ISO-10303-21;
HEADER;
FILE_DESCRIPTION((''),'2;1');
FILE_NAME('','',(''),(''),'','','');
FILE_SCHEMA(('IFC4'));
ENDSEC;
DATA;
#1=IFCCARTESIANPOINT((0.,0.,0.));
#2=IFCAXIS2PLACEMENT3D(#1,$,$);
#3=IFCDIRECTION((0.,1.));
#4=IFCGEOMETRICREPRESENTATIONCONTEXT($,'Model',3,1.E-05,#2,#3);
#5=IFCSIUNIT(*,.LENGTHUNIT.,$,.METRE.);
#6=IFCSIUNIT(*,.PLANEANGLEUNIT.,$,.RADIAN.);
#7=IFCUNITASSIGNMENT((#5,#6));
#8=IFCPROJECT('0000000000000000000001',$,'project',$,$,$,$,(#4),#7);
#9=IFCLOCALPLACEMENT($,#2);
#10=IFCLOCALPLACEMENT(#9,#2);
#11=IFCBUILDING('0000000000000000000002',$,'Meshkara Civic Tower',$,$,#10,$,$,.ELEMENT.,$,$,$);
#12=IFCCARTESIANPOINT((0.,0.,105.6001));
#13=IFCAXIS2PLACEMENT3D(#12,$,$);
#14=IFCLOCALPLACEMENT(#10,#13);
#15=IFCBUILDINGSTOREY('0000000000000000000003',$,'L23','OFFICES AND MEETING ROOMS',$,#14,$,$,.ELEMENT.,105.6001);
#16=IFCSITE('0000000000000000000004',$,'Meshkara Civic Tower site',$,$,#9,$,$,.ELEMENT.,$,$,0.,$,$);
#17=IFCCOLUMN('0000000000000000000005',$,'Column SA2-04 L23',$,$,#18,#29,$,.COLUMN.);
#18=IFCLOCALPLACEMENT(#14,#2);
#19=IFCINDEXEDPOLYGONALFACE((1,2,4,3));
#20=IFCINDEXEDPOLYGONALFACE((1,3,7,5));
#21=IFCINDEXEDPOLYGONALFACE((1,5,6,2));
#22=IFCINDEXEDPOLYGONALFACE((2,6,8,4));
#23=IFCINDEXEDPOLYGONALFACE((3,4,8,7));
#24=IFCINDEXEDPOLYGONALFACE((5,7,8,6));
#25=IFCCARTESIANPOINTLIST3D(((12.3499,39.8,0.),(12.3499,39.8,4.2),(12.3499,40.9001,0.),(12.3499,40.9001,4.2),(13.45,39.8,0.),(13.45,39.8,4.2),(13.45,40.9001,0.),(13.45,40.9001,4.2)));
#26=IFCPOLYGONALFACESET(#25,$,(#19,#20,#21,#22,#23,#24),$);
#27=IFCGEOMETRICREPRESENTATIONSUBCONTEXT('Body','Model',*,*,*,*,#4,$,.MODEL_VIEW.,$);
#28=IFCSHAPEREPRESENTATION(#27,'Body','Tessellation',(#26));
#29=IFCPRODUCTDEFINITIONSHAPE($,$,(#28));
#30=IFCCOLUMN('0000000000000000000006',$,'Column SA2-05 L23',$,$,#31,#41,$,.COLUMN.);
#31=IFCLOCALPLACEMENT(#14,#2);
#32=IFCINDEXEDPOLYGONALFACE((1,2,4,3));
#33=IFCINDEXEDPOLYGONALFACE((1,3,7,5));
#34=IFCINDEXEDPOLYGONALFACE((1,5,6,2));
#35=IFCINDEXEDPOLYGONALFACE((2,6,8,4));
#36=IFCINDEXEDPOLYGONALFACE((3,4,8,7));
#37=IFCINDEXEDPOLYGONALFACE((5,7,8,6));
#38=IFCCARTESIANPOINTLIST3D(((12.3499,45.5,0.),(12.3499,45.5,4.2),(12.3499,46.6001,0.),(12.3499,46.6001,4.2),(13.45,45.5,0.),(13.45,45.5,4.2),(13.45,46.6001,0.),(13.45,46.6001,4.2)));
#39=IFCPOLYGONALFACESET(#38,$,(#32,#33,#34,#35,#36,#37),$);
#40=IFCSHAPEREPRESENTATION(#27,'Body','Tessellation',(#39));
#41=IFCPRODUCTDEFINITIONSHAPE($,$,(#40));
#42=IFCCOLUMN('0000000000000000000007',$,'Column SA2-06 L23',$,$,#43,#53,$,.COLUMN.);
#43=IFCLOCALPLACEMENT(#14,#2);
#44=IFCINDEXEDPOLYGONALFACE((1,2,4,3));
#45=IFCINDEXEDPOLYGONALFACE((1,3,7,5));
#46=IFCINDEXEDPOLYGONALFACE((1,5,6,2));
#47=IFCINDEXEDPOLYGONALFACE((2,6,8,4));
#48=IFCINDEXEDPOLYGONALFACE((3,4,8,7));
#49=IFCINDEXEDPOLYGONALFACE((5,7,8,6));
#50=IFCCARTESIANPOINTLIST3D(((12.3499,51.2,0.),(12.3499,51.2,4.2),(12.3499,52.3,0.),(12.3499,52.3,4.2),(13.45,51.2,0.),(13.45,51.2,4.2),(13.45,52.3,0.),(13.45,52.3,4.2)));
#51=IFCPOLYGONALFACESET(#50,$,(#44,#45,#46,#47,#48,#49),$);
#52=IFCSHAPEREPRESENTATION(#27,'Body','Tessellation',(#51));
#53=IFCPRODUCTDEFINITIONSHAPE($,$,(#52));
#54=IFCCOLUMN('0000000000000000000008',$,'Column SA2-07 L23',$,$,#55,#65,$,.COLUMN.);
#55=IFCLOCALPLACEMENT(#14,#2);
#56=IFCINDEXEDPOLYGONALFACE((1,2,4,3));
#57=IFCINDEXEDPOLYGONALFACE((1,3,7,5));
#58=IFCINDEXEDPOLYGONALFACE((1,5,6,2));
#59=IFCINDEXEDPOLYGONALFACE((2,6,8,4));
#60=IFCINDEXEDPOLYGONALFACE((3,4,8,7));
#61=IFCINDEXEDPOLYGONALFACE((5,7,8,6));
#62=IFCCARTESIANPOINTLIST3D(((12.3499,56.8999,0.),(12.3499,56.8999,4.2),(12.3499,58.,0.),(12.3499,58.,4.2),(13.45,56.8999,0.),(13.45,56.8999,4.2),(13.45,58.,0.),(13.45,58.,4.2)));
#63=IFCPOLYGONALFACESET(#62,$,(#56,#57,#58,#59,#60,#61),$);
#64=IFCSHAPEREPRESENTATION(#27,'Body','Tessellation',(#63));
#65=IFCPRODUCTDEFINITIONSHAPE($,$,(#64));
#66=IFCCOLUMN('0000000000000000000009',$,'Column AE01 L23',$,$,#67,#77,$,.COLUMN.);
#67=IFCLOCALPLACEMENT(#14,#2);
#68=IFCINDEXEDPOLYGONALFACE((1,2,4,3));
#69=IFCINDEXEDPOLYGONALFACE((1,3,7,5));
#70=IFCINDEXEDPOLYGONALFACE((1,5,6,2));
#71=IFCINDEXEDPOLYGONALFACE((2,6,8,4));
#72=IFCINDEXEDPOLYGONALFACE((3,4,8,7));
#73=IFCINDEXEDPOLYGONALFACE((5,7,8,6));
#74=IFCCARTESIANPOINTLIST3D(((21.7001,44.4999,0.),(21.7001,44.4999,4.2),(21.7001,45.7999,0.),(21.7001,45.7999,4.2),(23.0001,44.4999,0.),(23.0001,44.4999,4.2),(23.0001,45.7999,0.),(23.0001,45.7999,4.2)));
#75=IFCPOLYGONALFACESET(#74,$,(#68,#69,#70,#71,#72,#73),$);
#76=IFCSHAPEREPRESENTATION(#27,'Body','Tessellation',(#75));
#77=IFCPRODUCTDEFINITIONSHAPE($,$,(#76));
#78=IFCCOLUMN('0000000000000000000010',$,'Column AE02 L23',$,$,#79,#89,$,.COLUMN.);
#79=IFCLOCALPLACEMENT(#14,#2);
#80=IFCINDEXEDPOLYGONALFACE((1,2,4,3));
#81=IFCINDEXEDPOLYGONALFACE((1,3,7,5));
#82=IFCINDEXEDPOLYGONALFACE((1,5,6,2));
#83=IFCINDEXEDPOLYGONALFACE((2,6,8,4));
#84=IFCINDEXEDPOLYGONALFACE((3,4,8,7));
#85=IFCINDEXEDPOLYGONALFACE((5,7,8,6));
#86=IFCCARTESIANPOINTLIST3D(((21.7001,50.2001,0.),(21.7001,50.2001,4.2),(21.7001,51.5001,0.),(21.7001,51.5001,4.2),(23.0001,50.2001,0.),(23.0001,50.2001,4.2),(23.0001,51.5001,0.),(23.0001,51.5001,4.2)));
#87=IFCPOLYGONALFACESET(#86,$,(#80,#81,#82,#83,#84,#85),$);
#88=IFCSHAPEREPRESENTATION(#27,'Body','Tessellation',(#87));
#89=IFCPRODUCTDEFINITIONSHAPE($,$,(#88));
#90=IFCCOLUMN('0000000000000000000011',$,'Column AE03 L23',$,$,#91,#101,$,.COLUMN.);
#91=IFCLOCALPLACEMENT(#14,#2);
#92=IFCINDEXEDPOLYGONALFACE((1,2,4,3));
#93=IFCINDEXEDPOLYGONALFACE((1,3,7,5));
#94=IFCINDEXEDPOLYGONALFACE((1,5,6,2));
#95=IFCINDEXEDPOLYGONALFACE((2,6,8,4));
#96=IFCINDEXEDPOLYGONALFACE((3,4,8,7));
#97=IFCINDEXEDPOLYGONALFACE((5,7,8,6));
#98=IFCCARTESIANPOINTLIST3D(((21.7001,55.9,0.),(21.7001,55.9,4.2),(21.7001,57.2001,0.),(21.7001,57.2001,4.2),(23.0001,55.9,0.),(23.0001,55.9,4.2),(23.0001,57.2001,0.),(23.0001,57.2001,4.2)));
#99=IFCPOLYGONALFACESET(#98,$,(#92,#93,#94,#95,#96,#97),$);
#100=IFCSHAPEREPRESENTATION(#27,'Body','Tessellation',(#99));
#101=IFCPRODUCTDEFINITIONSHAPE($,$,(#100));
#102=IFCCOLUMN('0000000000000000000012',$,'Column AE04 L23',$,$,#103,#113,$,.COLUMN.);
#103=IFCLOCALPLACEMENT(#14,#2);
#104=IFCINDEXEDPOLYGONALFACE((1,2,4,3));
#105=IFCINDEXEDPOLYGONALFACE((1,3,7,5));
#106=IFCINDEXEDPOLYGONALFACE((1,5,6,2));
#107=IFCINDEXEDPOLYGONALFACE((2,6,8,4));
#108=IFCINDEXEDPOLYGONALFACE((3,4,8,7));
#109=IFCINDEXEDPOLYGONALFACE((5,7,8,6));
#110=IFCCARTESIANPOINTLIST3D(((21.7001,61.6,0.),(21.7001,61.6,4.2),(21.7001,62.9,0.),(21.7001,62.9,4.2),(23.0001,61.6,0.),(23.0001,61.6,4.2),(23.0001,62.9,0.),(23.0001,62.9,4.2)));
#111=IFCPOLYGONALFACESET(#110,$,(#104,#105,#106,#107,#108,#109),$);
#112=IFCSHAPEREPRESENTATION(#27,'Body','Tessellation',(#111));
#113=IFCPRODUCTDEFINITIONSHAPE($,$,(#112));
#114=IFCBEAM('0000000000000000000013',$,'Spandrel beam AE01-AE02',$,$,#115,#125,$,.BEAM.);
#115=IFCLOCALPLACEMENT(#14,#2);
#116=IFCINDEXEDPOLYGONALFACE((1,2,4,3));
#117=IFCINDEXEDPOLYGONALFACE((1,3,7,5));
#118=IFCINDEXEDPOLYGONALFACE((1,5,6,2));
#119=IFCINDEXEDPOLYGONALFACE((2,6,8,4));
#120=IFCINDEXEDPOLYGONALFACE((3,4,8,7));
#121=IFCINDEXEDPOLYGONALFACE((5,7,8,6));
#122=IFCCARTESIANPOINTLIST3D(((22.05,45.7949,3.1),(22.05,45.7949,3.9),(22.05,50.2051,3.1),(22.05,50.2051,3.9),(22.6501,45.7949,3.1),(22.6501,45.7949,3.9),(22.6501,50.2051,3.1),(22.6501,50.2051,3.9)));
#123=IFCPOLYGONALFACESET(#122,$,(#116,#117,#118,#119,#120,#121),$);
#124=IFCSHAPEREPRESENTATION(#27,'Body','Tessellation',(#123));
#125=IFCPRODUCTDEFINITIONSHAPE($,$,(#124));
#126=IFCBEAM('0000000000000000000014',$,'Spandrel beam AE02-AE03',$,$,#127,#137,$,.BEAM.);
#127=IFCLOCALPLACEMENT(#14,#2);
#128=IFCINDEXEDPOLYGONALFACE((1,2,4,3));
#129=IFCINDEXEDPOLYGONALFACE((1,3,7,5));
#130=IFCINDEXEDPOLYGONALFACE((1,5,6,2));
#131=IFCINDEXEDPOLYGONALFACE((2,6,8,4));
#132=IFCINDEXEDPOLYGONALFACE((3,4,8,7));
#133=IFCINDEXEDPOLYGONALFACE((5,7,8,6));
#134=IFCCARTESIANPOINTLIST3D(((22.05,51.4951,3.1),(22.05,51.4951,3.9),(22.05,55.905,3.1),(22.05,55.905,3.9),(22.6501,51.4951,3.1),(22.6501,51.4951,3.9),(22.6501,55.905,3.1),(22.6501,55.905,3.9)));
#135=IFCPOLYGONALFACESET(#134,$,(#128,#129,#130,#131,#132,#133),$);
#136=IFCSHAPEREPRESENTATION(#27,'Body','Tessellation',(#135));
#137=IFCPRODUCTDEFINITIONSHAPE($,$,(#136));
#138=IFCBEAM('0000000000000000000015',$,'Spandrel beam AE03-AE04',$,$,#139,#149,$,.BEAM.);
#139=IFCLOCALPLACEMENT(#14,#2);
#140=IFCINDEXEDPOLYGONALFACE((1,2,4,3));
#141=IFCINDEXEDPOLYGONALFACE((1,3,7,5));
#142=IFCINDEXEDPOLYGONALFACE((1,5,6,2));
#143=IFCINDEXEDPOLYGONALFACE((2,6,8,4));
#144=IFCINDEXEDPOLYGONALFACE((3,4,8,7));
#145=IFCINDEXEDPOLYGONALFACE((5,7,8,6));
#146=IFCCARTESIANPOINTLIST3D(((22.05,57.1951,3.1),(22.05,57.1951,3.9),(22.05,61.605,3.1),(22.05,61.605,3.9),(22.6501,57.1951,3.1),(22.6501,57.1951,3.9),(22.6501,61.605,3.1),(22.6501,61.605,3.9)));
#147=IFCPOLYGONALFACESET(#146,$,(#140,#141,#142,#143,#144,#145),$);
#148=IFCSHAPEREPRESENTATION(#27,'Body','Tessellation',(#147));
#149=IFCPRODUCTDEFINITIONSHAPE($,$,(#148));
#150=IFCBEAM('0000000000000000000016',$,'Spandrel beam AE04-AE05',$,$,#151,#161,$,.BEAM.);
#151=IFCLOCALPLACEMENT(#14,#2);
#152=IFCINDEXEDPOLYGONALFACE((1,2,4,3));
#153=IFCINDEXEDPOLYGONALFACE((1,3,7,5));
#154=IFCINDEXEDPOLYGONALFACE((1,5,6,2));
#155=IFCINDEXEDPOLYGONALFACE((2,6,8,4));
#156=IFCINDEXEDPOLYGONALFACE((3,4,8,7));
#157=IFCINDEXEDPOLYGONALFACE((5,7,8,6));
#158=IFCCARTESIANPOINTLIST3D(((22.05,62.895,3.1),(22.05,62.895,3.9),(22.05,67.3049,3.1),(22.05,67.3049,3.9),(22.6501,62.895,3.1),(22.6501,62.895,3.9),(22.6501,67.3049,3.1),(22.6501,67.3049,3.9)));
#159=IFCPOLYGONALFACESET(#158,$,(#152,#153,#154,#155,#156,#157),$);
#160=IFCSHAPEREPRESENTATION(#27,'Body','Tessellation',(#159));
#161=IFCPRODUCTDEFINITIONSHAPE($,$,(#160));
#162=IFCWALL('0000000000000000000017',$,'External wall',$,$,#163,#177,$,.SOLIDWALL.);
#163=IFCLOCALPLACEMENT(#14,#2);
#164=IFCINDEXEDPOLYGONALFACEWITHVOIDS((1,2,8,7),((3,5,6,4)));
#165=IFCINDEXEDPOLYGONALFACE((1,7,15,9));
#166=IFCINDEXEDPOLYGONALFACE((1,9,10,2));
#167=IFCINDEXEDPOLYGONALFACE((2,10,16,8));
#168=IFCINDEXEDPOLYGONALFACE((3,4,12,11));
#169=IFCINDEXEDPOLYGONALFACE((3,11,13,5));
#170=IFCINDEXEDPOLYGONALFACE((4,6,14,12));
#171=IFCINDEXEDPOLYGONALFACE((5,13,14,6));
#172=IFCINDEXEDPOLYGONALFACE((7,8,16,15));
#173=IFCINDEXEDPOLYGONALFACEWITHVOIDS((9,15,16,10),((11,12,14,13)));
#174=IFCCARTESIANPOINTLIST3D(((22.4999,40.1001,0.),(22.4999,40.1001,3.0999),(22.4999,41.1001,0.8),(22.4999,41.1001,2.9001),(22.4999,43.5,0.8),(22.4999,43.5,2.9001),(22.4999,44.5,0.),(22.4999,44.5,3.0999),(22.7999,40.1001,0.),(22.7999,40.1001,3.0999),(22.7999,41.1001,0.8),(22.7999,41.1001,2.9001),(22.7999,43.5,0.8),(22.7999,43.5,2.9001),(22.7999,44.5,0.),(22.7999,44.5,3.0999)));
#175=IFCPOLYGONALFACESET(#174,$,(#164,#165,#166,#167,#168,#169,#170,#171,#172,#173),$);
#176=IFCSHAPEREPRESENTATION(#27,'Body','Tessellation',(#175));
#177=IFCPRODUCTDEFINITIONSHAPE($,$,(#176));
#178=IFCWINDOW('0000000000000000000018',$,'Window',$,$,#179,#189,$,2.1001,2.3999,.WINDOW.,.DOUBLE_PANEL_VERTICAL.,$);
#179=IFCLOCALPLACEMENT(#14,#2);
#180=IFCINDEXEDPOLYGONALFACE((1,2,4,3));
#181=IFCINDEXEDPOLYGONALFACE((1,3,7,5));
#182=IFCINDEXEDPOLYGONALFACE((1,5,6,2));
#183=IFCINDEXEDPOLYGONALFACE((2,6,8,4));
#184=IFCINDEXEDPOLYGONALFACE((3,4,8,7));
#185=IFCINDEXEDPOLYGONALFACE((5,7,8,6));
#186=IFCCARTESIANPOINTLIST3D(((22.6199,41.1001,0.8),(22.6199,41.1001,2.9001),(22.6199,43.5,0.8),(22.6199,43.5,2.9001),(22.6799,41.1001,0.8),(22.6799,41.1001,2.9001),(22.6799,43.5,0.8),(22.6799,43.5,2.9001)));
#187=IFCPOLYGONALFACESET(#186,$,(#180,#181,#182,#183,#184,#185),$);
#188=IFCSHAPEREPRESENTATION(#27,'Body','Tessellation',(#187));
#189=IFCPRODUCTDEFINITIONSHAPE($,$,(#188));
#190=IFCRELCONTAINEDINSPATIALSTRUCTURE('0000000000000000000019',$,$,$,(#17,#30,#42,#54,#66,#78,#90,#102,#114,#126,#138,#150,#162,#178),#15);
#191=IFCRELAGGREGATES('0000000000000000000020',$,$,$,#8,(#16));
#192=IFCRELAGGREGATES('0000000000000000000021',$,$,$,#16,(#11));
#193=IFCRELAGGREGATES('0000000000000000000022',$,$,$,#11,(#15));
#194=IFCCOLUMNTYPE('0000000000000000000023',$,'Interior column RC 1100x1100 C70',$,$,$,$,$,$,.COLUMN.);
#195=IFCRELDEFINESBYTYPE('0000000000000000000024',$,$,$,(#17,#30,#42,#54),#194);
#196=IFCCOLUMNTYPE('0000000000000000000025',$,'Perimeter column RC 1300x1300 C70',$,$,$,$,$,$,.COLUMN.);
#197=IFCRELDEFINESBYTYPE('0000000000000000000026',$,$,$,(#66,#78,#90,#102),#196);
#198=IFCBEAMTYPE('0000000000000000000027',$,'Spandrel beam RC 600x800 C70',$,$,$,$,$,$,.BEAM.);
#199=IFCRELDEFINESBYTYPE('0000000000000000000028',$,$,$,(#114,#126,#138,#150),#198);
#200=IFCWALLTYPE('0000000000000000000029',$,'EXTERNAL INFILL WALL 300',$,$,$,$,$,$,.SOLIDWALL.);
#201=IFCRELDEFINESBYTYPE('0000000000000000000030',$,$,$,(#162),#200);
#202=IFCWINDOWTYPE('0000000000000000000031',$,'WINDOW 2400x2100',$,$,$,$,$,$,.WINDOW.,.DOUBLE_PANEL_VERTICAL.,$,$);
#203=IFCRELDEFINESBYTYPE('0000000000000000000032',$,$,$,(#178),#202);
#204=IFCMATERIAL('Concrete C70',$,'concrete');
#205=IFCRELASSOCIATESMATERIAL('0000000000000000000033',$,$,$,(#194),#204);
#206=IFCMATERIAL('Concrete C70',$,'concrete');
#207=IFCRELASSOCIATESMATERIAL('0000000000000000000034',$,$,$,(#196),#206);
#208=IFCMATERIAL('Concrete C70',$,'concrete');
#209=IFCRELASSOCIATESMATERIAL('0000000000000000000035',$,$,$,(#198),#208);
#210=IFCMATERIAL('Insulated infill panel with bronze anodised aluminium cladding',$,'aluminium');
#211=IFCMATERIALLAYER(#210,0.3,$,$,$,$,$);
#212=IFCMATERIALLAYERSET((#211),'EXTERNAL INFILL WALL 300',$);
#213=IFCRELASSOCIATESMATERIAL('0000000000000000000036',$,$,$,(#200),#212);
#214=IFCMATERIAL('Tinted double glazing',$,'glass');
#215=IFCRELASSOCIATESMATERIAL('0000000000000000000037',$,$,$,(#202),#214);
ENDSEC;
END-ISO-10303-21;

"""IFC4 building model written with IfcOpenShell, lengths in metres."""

from ifc_helpers import new_model, si_unit, direction, frame, frame_2d, origin, origin_2d, place, context, subcontext, project, spatial, rectangle, extrude, material, layer, layer_set, material_profile, profile_set, type_object, element, fill, save


model = new_model("IFC4")

# Units and contexts
model_context = context("Model", 3, precision=1e-05, world=origin(), true_north=direction((0.0, 1.0)))
body_context = subcontext(model_context, "Body", "Model", "MODEL_VIEW")
ifc_project = project(units=[si_unit("LENGTHUNIT", "METRE"), si_unit("PLANEANGLEUNIT", "RADIAN")], contexts=[model_context])

# Site, building, storey
site_placement = place(None, origin())
site = spatial("IfcSite", under=ifc_project, at=site_placement, Name="Meshkara Civic Tower site", CompositionType="ELEMENT", RefElevation=0.0)
building_placement = place(site_placement, origin())
building = spatial("IfcBuilding", under=site, at=building_placement, Name="Meshkara Civic Tower", CompositionType="ELEMENT")
storey_placement = place(building_placement, frame((0.0, 0.0, 105.6001)))
storey = spatial("IfcBuildingStorey", under=building, at=storey_placement, Name="L23", Description="OFFICES AND MEETING ROOMS", CompositionType="ELEMENT", Elevation=105.6001)

# Columns
ifc_material_1 = material(Name="Concrete C70", Category="concrete")
ifc_material_profile_1 = material_profile(ifc_material_1, rectangle(XDim=1.1001, YDim=1.1001, at=origin_2d()))
ifc_profile_set_1 = profile_set([ifc_material_profile_1], Name="Concrete C70")
column_type_1 = type_object("IfcColumnType", Name="Interior column RC 1100x1100 C70", PredefinedType="COLUMN", material=ifc_profile_set_1)
for number, where, z_axis, x_axis, name in (
    (1, (12.8999, 40.3501, 0.0), (0.0, 0.0, 1.0), (1.0, 0.0, 0.0), "Column SA2-04 L23"),
    (2, (12.8999, 46.05, 0.0), (0.0, 0.0, 1.0), (1.0, 0.0, 0.0), "Column SA2-05 L23"),
    (3, (12.8999, 51.75, 0.0), (0.0, 0.0, 1.0), (1.0, 0.0, 0.0), "Column SA2-06 L23"),
    (4, (12.8999, 57.45, 0.0), (0.0, 0.0, 1.0), (1.0, 0.0, 0.0), "Column SA2-07 L23"),
):
    element("IfcColumn", number, at=place(storey_placement, frame(where, z_axis=z_axis, x_axis=x_axis)), inside=storey, type_object=column_type_1, Name=name, PredefinedType="COLUMN", context=body_context, shape_type="SweptSolid", body=[
        extrude(rectangle(XDim=1.1001, YDim=1.1001, at=origin_2d()), origin(), (0.0, 0.0, 1.0), 4.2),
    ])
ifc_material_2 = material(Name="Concrete C70", Category="concrete")
ifc_material_profile_2 = material_profile(ifc_material_2, rectangle(XDim=1.3, YDim=1.3, at=origin_2d()))
ifc_profile_set_2 = profile_set([ifc_material_profile_2], Name="Concrete C70")
column_type_2 = type_object("IfcColumnType", Name="Perimeter column RC 1300x1300 C70", PredefinedType="COLUMN", material=ifc_profile_set_2)
for number, where, z_axis, x_axis, name in (
    (5, (22.3501, 45.1499, 0.0), (0.0, 0.0, 1.0), (1.0, 0.0, 0.0), "Column AE01 L23"),
    (6, (22.3501, 50.8501, 0.0), (0.0, 0.0, 1.0), (1.0, 0.0, 0.0), "Column AE02 L23"),
    (7, (22.3501, 56.55, 0.0), (0.0, 0.0, 1.0), (1.0, 0.0, 0.0), "Column AE03 L23"),
    (8, (22.3501, 62.25, 0.0), (0.0, 0.0, 1.0), (1.0, 0.0, 0.0), "Column AE04 L23"),
):
    element("IfcColumn", number, at=place(storey_placement, frame(where, z_axis=z_axis, x_axis=x_axis)), inside=storey, type_object=column_type_2, Name=name, PredefinedType="COLUMN", context=body_context, shape_type="SweptSolid", body=[
        extrude(rectangle(XDim=1.3, YDim=1.3, at=origin_2d()), origin(), (0.0, 0.0, 1.0), 4.2),
    ])

# Beams
ifc_material_3 = material(Name="Concrete C70", Category="concrete")
ifc_material_profile_3 = material_profile(ifc_material_3, rectangle(XDim=0.6001, YDim=0.8, at=origin_2d()))
ifc_profile_set_3 = profile_set([ifc_material_profile_3], Name="Concrete C70")
beam_type = type_object("IfcBeamType", Name="Spandrel beam RC 600x800 C70", PredefinedType="BEAM", material=ifc_profile_set_3)
beam_placement = place(storey_placement, frame((22.3501, 45.7949, 3.5), z_axis=(0.0, 1.0, 0.0), x_axis=(-1.0, 0.0, 0.0)))
element("IfcBeam", 9, at=beam_placement, inside=storey, type_object=beam_type, Name="Spandrel beam AE01-AE02", PredefinedType="BEAM", context=body_context, shape_type="SweptSolid", body=[
    extrude(rectangle(XDim=0.6001, YDim=0.8, at=origin_2d()), origin(), (0.0, 0.0, 1.0), 4.4102),
])
for number, where, z_axis, x_axis, name in (
    (10, (22.3501, 51.4951, 3.5), (0.0, 1.0, 0.0), (-1.0, 0.0, 0.0), "Spandrel beam AE02-AE03"),
    (11, (22.3501, 57.1951, 3.5), (0.0, 1.0, 0.0), (-1.0, 0.0, 0.0), "Spandrel beam AE03-AE04"),
    (12, (22.3501, 62.895, 3.5), (0.0, 1.0, 0.0), (-1.0, 0.0, 0.0), "Spandrel beam AE04-AE05"),
):
    element("IfcBeam", number, at=place(storey_placement, frame(where, z_axis=z_axis, x_axis=x_axis)), inside=storey, type_object=beam_type, Name=name, PredefinedType="BEAM", context=body_context, shape_type="SweptSolid", body=[
        extrude(rectangle(XDim=0.6001, YDim=0.8, at=origin_2d()), origin(), (0.0, 0.0, 1.0), 4.4099),
    ])

# Wall, opening, window
ifc_material_4 = material(Name="Insulated infill panel with bronze anodised aluminium cladding", Category="aluminium")
ifc_layer_1 = layer(ifc_material_4, 0.3)
ifc_layer_set_1 = layer_set([ifc_layer_1], Name="EXTERNAL INFILL WALL 300")
wall_type_1 = type_object("IfcWallType", Name="EXTERNAL INFILL WALL 300", PredefinedType="SOLIDWALL", material=ifc_layer_set_1)
wall_1_placement = place(storey_placement, frame((22.6499, 40.1001, 0.0), z_axis=(0.0, 0.0, 1.0), x_axis=(0.0, 1.0, 0.0)))
wall_1 = element("IfcWall", 13, at=wall_1_placement, inside=storey, type_object=wall_type_1, Name="External wall", PredefinedType="SOLIDWALL", context=body_context, shape_type="SweptSolid", body=[
    extrude(rectangle(XDim=4.3999, YDim=0.3, at=frame_2d((2.2, 0.0))), origin(), (0.0, 0.0, 1.0), 3.0999),
])
opening_1_placement = place(wall_1_placement, frame((1.0, 0.0, 0.8)))
opening_1 = element("IfcOpeningElement", 14, at=opening_1_placement, cuts=wall_1, PredefinedType="OPENING", context=body_context, shape_type="SweptSolid", body=[
    extrude(rectangle(XDim=2.3999, YDim=2.1001, at=frame_2d((1.2, 1.05))), frame((0.0, 0.1599, 0.0), z_axis=(0.0, -1.0, 0.0), x_axis=(1.0, 0.0, 0.0)), (0.0, 0.0, 1.0), 0.3201),
])
ifc_material_5 = material(Name="Tinted double glazing", Category="glass")
window_type = type_object("IfcWindowType", Name="WINDOW 2400x2100", PartitioningType="DOUBLE_PANEL_VERTICAL", PredefinedType="WINDOW", material=ifc_material_5)
window_1_placement = place(opening_1_placement, origin())
window_1 = element("IfcWindow", 15, at=window_1_placement, inside=storey, type_object=window_type, Name="Window", OverallHeight=2.1001, OverallWidth=2.3999, PartitioningType="DOUBLE_PANEL_VERTICAL", PredefinedType="WINDOW", context=body_context, shape_type="SweptSolid", body=[
    extrude(rectangle(XDim=2.3999, YDim=2.1001, at=frame_2d((1.2, 1.05))), frame((0.0, 0.03, 0.0), z_axis=(0.0, -1.0, 0.0), x_axis=(1.0, 0.0, 0.0)), (0.0, 0.0, 1.0), 0.0601),
])
fill(opening_1, window_1)

save(model, "model.ifc")
